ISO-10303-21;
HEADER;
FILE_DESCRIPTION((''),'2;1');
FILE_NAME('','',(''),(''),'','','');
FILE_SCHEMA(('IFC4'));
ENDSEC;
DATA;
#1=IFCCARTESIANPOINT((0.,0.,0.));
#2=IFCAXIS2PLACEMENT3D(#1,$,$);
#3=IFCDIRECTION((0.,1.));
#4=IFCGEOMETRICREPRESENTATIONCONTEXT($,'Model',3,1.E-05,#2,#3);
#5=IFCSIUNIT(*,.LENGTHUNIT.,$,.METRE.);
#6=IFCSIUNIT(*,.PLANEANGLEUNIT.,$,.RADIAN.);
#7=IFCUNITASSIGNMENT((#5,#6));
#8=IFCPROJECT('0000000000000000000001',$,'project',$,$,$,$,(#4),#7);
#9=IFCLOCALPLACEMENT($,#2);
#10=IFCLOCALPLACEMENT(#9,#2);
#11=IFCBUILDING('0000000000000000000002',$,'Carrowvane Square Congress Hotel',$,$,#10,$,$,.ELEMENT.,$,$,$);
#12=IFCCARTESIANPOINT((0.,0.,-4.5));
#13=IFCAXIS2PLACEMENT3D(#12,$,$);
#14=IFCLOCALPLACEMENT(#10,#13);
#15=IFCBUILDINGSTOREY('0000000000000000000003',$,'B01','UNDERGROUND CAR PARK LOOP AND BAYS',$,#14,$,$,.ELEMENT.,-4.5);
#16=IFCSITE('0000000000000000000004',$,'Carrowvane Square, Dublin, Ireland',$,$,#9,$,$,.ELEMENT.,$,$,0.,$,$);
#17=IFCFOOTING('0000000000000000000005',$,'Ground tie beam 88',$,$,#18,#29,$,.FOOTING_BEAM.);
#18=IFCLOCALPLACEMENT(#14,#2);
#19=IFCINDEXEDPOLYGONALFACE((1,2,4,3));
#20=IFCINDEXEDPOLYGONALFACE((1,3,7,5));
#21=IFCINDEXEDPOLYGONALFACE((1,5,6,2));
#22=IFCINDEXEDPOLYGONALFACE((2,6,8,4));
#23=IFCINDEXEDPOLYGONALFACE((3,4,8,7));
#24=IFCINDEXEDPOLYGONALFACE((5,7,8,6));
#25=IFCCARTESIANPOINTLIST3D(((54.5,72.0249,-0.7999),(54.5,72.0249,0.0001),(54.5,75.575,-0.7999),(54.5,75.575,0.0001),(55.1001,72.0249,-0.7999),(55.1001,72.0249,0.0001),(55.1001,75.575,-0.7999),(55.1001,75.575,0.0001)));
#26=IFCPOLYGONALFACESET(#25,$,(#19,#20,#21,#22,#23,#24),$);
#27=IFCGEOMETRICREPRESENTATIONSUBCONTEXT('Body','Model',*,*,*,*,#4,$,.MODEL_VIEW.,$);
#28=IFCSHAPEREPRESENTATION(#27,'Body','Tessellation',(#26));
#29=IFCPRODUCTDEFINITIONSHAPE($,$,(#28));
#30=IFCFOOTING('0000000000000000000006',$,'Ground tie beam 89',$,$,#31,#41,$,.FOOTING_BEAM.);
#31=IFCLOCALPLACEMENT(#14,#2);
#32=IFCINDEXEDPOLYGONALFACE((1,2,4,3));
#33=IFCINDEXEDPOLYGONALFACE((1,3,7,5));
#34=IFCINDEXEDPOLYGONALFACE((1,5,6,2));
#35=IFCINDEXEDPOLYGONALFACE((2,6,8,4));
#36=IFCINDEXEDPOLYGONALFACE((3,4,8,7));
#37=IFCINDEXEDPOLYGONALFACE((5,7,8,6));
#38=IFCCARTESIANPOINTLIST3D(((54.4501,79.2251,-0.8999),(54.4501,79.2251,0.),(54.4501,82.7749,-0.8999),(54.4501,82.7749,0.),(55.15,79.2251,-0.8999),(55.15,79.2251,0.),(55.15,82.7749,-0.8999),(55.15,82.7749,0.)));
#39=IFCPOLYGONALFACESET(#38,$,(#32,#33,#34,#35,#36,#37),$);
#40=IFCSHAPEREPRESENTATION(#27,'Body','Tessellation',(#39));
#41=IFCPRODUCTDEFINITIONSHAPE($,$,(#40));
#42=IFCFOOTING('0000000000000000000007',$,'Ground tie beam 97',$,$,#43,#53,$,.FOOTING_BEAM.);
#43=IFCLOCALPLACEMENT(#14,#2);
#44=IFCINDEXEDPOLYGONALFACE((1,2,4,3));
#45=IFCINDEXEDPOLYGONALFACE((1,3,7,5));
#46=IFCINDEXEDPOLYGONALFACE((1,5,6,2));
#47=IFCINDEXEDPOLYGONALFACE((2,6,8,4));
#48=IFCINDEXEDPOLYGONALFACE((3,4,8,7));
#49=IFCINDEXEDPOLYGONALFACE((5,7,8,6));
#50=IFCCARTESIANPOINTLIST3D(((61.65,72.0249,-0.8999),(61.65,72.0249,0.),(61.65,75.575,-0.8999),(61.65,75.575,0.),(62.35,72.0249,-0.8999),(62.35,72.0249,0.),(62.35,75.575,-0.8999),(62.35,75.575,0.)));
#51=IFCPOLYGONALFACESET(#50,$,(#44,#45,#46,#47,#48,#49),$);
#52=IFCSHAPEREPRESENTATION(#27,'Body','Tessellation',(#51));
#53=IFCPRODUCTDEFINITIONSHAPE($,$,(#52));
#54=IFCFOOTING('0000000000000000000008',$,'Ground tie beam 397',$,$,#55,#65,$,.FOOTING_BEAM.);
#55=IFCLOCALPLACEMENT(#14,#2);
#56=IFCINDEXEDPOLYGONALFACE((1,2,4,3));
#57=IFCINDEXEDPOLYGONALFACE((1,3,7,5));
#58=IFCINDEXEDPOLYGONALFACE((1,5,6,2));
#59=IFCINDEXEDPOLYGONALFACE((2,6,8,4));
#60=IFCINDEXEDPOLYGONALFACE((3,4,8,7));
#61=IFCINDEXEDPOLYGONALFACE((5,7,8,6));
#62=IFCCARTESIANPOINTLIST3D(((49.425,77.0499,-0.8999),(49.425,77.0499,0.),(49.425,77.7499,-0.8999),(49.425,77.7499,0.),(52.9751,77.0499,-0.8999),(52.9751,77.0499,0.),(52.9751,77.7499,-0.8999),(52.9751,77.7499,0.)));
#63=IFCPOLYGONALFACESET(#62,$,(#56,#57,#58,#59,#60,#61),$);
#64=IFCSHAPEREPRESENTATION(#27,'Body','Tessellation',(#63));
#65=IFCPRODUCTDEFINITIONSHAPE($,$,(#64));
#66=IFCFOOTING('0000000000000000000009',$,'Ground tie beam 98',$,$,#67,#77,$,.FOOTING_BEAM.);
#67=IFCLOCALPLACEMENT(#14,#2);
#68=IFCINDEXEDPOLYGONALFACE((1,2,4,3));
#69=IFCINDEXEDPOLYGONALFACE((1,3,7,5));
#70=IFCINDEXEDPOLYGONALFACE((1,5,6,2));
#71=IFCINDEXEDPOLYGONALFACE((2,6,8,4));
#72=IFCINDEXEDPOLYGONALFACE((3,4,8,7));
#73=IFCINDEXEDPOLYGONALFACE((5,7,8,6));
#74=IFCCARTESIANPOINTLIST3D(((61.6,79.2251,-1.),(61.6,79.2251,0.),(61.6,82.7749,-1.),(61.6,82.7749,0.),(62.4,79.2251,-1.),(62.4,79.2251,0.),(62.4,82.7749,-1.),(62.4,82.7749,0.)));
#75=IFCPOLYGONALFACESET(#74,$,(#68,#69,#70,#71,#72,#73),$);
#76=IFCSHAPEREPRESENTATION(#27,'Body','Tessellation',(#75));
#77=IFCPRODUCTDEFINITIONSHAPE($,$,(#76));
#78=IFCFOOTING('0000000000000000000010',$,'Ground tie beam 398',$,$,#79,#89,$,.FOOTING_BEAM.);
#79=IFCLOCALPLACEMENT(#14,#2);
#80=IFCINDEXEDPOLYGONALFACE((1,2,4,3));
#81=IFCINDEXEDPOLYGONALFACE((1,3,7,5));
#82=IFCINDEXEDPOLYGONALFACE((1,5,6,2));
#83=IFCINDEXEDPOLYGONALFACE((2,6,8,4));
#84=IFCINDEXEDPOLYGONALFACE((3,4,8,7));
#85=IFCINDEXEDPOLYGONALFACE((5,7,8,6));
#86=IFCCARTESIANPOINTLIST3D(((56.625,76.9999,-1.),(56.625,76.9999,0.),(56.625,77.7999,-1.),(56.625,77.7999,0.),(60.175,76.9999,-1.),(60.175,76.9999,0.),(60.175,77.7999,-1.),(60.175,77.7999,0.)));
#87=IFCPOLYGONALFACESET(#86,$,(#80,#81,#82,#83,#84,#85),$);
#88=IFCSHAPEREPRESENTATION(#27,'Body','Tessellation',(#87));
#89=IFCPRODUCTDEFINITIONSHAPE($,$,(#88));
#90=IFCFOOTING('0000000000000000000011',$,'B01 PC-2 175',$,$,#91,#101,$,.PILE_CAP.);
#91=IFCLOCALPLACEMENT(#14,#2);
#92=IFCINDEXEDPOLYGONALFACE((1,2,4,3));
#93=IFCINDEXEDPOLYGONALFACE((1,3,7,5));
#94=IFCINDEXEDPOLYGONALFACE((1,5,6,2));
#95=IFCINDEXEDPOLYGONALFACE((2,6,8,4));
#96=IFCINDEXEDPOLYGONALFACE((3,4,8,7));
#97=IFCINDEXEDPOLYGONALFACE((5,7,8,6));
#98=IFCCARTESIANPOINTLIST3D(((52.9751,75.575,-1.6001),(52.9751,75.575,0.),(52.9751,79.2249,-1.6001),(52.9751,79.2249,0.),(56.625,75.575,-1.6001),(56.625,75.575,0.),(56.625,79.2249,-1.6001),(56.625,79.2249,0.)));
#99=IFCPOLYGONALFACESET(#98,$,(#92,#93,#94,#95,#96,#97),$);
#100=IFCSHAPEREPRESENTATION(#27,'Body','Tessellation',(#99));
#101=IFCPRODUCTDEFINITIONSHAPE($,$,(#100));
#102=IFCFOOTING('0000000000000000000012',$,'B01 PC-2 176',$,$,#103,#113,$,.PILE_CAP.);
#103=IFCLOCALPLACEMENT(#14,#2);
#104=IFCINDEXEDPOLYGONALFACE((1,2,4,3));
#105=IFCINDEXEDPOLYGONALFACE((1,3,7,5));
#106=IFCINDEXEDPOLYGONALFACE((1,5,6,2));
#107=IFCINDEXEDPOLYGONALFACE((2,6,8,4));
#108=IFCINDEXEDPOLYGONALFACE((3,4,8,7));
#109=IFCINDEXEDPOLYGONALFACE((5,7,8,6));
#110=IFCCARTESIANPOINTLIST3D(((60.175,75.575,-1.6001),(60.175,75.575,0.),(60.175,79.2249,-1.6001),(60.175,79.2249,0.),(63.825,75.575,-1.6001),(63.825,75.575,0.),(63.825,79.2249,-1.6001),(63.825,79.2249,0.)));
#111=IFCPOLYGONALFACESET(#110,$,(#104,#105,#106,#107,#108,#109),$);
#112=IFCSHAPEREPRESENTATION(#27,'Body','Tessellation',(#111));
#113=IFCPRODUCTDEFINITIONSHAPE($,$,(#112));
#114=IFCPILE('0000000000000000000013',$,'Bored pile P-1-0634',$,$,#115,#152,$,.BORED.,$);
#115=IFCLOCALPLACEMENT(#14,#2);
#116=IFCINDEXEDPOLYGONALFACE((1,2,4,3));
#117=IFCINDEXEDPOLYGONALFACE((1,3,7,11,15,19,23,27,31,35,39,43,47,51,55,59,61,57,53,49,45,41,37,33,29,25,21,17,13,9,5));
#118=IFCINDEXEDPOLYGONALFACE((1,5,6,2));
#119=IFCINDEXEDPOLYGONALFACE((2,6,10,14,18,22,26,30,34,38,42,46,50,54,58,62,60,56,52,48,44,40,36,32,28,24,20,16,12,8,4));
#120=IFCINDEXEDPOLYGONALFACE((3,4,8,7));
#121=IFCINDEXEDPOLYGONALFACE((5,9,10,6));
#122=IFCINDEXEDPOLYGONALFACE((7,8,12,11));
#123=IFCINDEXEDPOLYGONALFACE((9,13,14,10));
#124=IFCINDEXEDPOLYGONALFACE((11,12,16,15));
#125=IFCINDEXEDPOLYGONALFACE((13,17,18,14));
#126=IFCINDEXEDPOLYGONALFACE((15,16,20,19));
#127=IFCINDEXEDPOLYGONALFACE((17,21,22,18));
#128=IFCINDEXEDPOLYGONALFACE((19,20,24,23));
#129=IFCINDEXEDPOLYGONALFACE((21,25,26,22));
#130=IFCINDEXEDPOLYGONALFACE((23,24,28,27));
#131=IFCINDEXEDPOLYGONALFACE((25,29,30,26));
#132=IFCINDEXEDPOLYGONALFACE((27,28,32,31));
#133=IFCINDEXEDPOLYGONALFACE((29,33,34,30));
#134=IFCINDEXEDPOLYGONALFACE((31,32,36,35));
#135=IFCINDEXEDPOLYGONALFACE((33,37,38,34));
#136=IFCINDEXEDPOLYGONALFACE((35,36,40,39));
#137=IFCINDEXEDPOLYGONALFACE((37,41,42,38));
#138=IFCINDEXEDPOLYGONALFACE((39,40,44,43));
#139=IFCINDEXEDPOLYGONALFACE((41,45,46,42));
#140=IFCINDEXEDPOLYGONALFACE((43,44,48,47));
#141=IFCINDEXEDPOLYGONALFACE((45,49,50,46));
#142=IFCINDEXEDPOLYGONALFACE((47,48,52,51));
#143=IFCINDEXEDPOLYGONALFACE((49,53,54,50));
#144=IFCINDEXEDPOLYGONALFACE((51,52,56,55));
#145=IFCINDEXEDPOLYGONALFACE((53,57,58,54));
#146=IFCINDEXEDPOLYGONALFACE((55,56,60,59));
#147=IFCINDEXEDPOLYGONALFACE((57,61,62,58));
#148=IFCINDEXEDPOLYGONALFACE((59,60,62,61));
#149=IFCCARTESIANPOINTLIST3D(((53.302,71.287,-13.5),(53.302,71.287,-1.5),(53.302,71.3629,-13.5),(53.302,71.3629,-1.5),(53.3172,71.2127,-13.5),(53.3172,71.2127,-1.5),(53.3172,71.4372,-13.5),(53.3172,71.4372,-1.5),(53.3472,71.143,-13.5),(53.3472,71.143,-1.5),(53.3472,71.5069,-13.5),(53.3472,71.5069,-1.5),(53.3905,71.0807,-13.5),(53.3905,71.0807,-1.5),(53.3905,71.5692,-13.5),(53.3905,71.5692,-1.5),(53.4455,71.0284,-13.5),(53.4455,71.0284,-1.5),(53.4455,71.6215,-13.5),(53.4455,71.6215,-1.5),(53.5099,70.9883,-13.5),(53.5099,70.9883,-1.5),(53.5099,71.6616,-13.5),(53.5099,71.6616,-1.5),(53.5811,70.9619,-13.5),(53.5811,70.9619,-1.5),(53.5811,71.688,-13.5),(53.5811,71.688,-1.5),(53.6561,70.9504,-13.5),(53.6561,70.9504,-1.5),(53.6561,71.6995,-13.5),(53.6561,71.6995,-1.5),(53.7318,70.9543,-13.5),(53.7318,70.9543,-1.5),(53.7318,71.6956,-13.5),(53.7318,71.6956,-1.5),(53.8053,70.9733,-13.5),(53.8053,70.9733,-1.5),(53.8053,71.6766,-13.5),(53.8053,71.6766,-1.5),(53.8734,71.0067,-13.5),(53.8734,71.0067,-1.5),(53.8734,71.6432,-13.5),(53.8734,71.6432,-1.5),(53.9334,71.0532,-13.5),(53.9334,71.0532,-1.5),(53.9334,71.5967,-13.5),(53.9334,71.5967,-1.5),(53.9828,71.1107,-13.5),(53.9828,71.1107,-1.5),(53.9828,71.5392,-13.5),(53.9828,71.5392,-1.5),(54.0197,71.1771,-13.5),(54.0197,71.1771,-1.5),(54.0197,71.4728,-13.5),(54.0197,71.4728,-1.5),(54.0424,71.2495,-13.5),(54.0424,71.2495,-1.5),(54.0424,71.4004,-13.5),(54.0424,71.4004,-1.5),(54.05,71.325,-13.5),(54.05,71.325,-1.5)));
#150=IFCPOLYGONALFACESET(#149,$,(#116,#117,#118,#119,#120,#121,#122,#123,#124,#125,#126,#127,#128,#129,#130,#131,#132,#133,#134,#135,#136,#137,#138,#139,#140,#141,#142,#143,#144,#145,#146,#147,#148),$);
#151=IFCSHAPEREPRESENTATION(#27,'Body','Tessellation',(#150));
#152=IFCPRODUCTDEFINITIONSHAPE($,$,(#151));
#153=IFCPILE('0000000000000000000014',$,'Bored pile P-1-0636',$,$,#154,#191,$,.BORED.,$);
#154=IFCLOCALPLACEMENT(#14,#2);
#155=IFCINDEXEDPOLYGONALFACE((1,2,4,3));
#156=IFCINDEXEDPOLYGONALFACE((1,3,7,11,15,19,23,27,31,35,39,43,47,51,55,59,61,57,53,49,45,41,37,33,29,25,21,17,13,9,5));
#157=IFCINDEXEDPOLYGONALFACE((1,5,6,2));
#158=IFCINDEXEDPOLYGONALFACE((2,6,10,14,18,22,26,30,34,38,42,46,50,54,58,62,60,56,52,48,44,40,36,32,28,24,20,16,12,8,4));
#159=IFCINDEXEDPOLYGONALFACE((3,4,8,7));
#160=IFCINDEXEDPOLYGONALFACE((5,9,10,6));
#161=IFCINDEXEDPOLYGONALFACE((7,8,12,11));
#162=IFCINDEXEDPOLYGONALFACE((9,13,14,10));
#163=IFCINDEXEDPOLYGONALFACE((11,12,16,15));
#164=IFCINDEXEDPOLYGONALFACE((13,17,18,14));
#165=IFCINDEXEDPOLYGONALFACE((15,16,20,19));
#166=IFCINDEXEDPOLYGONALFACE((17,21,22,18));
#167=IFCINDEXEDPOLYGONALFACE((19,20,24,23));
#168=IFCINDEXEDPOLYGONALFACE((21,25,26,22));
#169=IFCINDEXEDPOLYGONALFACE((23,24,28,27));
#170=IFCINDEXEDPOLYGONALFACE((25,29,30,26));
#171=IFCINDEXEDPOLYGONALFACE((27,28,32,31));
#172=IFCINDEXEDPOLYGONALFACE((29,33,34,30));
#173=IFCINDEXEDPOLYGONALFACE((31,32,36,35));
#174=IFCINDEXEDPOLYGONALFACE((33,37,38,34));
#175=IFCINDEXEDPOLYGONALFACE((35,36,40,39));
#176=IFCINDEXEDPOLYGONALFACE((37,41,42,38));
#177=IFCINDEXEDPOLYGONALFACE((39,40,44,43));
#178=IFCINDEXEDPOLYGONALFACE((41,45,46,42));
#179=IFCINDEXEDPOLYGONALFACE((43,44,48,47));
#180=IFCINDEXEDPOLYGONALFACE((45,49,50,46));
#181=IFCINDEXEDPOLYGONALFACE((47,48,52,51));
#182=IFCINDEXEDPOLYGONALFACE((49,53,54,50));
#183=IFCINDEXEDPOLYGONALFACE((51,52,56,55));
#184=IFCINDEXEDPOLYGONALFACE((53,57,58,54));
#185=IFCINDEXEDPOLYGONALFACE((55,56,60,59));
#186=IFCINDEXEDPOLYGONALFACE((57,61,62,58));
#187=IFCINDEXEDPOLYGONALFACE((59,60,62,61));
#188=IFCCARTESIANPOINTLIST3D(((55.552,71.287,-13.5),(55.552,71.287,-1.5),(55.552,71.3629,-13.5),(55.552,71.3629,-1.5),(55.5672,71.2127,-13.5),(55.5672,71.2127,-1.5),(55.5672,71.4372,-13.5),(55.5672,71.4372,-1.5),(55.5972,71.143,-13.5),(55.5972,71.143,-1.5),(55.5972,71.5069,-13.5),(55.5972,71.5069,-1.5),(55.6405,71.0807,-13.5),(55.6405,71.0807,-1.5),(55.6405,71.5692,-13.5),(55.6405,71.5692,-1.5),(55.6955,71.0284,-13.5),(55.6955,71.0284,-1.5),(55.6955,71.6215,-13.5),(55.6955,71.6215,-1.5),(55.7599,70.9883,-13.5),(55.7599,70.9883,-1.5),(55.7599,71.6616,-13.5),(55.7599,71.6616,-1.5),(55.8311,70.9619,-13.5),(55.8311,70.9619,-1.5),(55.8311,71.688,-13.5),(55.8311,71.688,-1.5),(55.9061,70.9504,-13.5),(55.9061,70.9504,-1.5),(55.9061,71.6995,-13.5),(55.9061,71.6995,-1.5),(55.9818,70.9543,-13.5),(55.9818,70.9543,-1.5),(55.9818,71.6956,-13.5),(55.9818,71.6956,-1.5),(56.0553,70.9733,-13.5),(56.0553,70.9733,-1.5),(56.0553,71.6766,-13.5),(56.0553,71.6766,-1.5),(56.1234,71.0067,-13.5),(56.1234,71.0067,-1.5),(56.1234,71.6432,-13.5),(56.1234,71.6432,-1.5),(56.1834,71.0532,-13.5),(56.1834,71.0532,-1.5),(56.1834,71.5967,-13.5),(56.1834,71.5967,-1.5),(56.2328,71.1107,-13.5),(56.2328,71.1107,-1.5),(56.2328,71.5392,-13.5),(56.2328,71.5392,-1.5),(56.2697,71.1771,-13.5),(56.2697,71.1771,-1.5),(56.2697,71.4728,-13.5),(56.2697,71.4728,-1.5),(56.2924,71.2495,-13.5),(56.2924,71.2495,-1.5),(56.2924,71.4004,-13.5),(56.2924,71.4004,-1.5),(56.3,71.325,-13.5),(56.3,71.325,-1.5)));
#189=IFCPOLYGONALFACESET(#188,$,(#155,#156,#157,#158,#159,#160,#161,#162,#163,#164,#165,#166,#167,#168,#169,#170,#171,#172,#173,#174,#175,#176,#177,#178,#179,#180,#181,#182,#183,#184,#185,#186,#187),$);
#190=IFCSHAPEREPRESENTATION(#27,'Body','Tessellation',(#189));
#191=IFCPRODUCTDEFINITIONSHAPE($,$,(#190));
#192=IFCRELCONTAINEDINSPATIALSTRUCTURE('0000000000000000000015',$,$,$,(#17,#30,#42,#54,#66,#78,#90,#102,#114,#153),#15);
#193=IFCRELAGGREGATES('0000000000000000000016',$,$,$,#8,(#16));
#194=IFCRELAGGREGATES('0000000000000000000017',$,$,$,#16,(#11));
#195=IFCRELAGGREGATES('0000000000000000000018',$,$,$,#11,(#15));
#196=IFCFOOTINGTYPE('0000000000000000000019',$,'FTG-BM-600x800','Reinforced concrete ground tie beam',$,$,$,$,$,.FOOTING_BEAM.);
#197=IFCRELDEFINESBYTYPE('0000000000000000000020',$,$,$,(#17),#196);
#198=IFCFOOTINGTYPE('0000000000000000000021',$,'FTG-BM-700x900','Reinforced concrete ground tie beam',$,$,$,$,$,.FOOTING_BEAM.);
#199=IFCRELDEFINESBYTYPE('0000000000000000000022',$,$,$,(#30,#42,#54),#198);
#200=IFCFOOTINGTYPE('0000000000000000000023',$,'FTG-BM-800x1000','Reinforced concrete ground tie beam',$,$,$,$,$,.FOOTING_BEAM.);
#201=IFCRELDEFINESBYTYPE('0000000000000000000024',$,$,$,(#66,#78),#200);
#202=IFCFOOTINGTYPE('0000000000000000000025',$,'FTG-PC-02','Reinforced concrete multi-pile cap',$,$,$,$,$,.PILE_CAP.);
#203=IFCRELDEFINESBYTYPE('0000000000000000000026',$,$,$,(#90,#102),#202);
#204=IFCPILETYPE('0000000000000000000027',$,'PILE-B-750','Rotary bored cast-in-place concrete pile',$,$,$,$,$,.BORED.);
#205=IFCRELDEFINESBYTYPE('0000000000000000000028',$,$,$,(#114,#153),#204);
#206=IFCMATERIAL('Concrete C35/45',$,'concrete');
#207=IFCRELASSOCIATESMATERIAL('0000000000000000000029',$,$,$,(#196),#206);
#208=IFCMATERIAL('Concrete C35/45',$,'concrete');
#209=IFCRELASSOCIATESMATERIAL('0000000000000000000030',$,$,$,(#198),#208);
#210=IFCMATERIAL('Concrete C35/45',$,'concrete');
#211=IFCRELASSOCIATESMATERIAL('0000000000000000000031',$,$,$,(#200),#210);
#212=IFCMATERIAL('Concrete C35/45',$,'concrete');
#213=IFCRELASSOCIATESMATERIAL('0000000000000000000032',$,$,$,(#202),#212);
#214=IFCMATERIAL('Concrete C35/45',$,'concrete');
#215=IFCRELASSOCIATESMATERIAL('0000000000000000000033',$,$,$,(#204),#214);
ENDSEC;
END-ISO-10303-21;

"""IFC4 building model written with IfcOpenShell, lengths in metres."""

from ifc_helpers import new_model, si_unit, direction, frame, origin, origin_2d, place, context, subcontext, project, spatial, rectangle, circle, extrude, material, material_profile, profile_set, type_object, element, save


model = new_model("IFC4")

# Units and contexts
model_context = context("Model", 3, precision=1e-05, world=origin(), true_north=direction((0.0, 1.0)))
body_context = subcontext(model_context, "Body", "Model", "MODEL_VIEW")
ifc_project = project(units=[si_unit("LENGTHUNIT", "METRE"), si_unit("PLANEANGLEUNIT", "RADIAN")], contexts=[model_context])

# Site, building, storey
site_placement = place(None, origin())
site = spatial("IfcSite", under=ifc_project, at=site_placement, Name="Carrowvane Square, Dublin, Ireland", CompositionType="ELEMENT", RefElevation=0.0)
building_placement = place(site_placement, origin())
building = spatial("IfcBuilding", under=site, at=building_placement, Name="Carrowvane Square Congress Hotel", CompositionType="ELEMENT")
storey_placement = place(building_placement, frame((0.0, 0.0, -4.5)))
storey = spatial("IfcBuildingStorey", under=building, at=storey_placement, Name="B01", Description="UNDERGROUND CAR PARK LOOP AND BAYS", CompositionType="ELEMENT", Elevation=-4.5)

# Footings
ifc_material_1 = material(Name="Concrete C35/45", Category="concrete")
ifc_material_profile_1 = material_profile(ifc_material_1, rectangle(XDim=0.6001, YDim=0.8, at=origin_2d()), Name="RC 600x800")
ifc_profile_set_1 = profile_set([ifc_material_profile_1], Name="Concrete C35/45")
footing_type_1 = type_object("IfcFootingType", Name="FTG-BM-600x800", Description="Reinforced concrete ground tie beam", PredefinedType="FOOTING_BEAM", material=ifc_profile_set_1)
footing_1_placement = place(storey_placement, frame((54.8, 72.0249, -0.3999), z_axis=(0.0, 1.0, 0.0), x_axis=(-1.0, 0.0, 0.0)))
element("IfcFooting", 1, at=footing_1_placement, inside=storey, type_object=footing_type_1, Name="Ground tie beam 88", PredefinedType="FOOTING_BEAM", context=body_context, shape_type="SweptSolid", body=[
    extrude(rectangle(XDim=0.6001, YDim=0.8, at=origin_2d()), origin(), (0.0, 0.0, 1.0), 3.55),
])
ifc_material_2 = material(Name="Concrete C35/45", Category="concrete")
ifc_material_profile_2 = material_profile(ifc_material_2, rectangle(XDim=0.7, YDim=0.8999, at=origin_2d()), Name="RC 700x900")
ifc_profile_set_2 = profile_set([ifc_material_profile_2], Name="Concrete C35/45")
footing_type_2 = type_object("IfcFootingType", Name="FTG-BM-700x900", Description="Reinforced concrete ground tie beam", PredefinedType="FOOTING_BEAM", material=ifc_profile_set_2)
footing_2_placement = place(storey_placement, frame((54.8, 79.2251, -0.45), z_axis=(0.0, 1.0, 0.0), x_axis=(-1.0, 0.0, 0.0)))
element("IfcFooting", 2, at=footing_2_placement, inside=storey, type_object=footing_type_2, Name="Ground tie beam 89", PredefinedType="FOOTING_BEAM", context=body_context, shape_type="SweptSolid", body=[
    extrude(rectangle(XDim=0.7, YDim=0.8999, at=origin_2d()), origin(), (0.0, 0.0, 1.0), 3.5498),
])
for number, where, z_axis, x_axis, name in (
    (3, (62.0, 72.0249, -0.45), (0.0, 1.0, 0.0), (-1.0, 0.0, 0.0), "Ground tie beam 97"),
    (4, (49.425, 77.3999, -0.45), (1.0, 0.0, 0.0), (0.0, 1.0, 0.0), "Ground tie beam 397"),
):
    element("IfcFooting", number, at=place(storey_placement, frame(where, z_axis=z_axis, x_axis=x_axis)), inside=storey, type_object=footing_type_2, Name=name, PredefinedType="FOOTING_BEAM", context=body_context, shape_type="SweptSolid", body=[
        extrude(rectangle(XDim=0.7, YDim=0.8999, at=origin_2d()), origin(), (0.0, 0.0, 1.0), 3.55),
    ])
ifc_material_3 = material(Name="Concrete C35/45", Category="concrete")
ifc_material_profile_3 = material_profile(ifc_material_3, rectangle(XDim=0.8, YDim=1.0, at=origin_2d()), Name="RC 800x1000")
ifc_profile_set_3 = profile_set([ifc_material_profile_3], Name="Concrete C35/45")
footing_type_3 = type_object("IfcFootingType", Name="FTG-BM-800x1000", Description="Reinforced concrete ground tie beam", PredefinedType="FOOTING_BEAM", material=ifc_profile_set_3)
footing_3_placement = place(storey_placement, frame((62.0, 79.2251, -0.5), z_axis=(0.0, 1.0, 0.0), x_axis=(-1.0, 0.0, 0.0)))
element("IfcFooting", 5, at=footing_3_placement, inside=storey, type_object=footing_type_3, Name="Ground tie beam 98", PredefinedType="FOOTING_BEAM", context=body_context, shape_type="SweptSolid", body=[
    extrude(rectangle(XDim=0.8, YDim=1.0, at=origin_2d()), origin(), (0.0, 0.0, 1.0), 3.5498),
])
footing_4_placement = place(storey_placement, frame((56.625, 77.3999, -0.5), z_axis=(1.0, 0.0, 0.0), x_axis=(0.0, 1.0, 0.0)))
element("IfcFooting", 6, at=footing_4_placement, inside=storey, type_object=footing_type_3, Name="Ground tie beam 398", PredefinedType="FOOTING_BEAM", context=body_context, shape_type="SweptSolid", body=[
    extrude(rectangle(XDim=0.8, YDim=1.0, at=origin_2d()), origin(), (0.0, 0.0, 1.0), 3.55),
])
ifc_material_4 = material(Name="Concrete C35/45", Category="concrete")
footing_type_4 = type_object("IfcFootingType", Name="FTG-PC-02", Description="Reinforced concrete multi-pile cap", PredefinedType="PILE_CAP", material=ifc_material_4)
for number, where, z_axis, x_axis, name in (
    (7, (54.8, 77.3999, -1.6001), (0.0, 0.0, 1.0), (1.0, 0.0, 0.0), "B01 PC-2 175"),
    (8, (62.0, 77.3999, -1.6001), (0.0, 0.0, 1.0), (1.0, 0.0, 0.0), "B01 PC-2 176"),
):
    element("IfcFooting", number, at=place(storey_placement, frame(where, z_axis=z_axis, x_axis=x_axis)), inside=storey, type_object=footing_type_4, Name=name, PredefinedType="PILE_CAP", context=body_context, shape_type="SweptSolid", body=[
        extrude(rectangle(XDim=3.6499, YDim=3.6499, at=origin_2d()), origin(), (0.0, 0.0, 1.0), 1.6001),
    ])

# Piles
ifc_material_5 = material(Name="Concrete C35/45", Category="concrete")
ifc_material_profile_4 = material_profile(ifc_material_5, circle(Radius=0.375, at=origin_2d()), Name="PILE D750")
ifc_profile_set_4 = profile_set([ifc_material_profile_4], Name="Concrete C35/45")
pile_type = type_object("IfcPileType", Name="PILE-B-750", Description="Rotary bored cast-in-place concrete pile", PredefinedType="BORED", material=ifc_profile_set_4)
for number, where, z_axis, x_axis, name in (
    (9, (53.675, 71.325, -1.5), (0.0, 0.0, -1.0), (1.0, 0.0, 0.0), "Bored pile P-1-0634"),
    (10, (55.925, 71.325, -1.5), (0.0, 0.0, -1.0), (1.0, 0.0, 0.0), "Bored pile P-1-0636"),
):
    element("IfcPile", number, at=place(storey_placement, frame(where, z_axis=z_axis, x_axis=x_axis)), inside=storey, type_object=pile_type, Name=name, PredefinedType="BORED", context=body_context, shape_type="SweptSolid", body=[
        extrude(circle(Radius=0.375, at=origin_2d()), origin(), (0.0, 0.0, 1.0), 12.0),
    ])

save(model, "model.ifc")
